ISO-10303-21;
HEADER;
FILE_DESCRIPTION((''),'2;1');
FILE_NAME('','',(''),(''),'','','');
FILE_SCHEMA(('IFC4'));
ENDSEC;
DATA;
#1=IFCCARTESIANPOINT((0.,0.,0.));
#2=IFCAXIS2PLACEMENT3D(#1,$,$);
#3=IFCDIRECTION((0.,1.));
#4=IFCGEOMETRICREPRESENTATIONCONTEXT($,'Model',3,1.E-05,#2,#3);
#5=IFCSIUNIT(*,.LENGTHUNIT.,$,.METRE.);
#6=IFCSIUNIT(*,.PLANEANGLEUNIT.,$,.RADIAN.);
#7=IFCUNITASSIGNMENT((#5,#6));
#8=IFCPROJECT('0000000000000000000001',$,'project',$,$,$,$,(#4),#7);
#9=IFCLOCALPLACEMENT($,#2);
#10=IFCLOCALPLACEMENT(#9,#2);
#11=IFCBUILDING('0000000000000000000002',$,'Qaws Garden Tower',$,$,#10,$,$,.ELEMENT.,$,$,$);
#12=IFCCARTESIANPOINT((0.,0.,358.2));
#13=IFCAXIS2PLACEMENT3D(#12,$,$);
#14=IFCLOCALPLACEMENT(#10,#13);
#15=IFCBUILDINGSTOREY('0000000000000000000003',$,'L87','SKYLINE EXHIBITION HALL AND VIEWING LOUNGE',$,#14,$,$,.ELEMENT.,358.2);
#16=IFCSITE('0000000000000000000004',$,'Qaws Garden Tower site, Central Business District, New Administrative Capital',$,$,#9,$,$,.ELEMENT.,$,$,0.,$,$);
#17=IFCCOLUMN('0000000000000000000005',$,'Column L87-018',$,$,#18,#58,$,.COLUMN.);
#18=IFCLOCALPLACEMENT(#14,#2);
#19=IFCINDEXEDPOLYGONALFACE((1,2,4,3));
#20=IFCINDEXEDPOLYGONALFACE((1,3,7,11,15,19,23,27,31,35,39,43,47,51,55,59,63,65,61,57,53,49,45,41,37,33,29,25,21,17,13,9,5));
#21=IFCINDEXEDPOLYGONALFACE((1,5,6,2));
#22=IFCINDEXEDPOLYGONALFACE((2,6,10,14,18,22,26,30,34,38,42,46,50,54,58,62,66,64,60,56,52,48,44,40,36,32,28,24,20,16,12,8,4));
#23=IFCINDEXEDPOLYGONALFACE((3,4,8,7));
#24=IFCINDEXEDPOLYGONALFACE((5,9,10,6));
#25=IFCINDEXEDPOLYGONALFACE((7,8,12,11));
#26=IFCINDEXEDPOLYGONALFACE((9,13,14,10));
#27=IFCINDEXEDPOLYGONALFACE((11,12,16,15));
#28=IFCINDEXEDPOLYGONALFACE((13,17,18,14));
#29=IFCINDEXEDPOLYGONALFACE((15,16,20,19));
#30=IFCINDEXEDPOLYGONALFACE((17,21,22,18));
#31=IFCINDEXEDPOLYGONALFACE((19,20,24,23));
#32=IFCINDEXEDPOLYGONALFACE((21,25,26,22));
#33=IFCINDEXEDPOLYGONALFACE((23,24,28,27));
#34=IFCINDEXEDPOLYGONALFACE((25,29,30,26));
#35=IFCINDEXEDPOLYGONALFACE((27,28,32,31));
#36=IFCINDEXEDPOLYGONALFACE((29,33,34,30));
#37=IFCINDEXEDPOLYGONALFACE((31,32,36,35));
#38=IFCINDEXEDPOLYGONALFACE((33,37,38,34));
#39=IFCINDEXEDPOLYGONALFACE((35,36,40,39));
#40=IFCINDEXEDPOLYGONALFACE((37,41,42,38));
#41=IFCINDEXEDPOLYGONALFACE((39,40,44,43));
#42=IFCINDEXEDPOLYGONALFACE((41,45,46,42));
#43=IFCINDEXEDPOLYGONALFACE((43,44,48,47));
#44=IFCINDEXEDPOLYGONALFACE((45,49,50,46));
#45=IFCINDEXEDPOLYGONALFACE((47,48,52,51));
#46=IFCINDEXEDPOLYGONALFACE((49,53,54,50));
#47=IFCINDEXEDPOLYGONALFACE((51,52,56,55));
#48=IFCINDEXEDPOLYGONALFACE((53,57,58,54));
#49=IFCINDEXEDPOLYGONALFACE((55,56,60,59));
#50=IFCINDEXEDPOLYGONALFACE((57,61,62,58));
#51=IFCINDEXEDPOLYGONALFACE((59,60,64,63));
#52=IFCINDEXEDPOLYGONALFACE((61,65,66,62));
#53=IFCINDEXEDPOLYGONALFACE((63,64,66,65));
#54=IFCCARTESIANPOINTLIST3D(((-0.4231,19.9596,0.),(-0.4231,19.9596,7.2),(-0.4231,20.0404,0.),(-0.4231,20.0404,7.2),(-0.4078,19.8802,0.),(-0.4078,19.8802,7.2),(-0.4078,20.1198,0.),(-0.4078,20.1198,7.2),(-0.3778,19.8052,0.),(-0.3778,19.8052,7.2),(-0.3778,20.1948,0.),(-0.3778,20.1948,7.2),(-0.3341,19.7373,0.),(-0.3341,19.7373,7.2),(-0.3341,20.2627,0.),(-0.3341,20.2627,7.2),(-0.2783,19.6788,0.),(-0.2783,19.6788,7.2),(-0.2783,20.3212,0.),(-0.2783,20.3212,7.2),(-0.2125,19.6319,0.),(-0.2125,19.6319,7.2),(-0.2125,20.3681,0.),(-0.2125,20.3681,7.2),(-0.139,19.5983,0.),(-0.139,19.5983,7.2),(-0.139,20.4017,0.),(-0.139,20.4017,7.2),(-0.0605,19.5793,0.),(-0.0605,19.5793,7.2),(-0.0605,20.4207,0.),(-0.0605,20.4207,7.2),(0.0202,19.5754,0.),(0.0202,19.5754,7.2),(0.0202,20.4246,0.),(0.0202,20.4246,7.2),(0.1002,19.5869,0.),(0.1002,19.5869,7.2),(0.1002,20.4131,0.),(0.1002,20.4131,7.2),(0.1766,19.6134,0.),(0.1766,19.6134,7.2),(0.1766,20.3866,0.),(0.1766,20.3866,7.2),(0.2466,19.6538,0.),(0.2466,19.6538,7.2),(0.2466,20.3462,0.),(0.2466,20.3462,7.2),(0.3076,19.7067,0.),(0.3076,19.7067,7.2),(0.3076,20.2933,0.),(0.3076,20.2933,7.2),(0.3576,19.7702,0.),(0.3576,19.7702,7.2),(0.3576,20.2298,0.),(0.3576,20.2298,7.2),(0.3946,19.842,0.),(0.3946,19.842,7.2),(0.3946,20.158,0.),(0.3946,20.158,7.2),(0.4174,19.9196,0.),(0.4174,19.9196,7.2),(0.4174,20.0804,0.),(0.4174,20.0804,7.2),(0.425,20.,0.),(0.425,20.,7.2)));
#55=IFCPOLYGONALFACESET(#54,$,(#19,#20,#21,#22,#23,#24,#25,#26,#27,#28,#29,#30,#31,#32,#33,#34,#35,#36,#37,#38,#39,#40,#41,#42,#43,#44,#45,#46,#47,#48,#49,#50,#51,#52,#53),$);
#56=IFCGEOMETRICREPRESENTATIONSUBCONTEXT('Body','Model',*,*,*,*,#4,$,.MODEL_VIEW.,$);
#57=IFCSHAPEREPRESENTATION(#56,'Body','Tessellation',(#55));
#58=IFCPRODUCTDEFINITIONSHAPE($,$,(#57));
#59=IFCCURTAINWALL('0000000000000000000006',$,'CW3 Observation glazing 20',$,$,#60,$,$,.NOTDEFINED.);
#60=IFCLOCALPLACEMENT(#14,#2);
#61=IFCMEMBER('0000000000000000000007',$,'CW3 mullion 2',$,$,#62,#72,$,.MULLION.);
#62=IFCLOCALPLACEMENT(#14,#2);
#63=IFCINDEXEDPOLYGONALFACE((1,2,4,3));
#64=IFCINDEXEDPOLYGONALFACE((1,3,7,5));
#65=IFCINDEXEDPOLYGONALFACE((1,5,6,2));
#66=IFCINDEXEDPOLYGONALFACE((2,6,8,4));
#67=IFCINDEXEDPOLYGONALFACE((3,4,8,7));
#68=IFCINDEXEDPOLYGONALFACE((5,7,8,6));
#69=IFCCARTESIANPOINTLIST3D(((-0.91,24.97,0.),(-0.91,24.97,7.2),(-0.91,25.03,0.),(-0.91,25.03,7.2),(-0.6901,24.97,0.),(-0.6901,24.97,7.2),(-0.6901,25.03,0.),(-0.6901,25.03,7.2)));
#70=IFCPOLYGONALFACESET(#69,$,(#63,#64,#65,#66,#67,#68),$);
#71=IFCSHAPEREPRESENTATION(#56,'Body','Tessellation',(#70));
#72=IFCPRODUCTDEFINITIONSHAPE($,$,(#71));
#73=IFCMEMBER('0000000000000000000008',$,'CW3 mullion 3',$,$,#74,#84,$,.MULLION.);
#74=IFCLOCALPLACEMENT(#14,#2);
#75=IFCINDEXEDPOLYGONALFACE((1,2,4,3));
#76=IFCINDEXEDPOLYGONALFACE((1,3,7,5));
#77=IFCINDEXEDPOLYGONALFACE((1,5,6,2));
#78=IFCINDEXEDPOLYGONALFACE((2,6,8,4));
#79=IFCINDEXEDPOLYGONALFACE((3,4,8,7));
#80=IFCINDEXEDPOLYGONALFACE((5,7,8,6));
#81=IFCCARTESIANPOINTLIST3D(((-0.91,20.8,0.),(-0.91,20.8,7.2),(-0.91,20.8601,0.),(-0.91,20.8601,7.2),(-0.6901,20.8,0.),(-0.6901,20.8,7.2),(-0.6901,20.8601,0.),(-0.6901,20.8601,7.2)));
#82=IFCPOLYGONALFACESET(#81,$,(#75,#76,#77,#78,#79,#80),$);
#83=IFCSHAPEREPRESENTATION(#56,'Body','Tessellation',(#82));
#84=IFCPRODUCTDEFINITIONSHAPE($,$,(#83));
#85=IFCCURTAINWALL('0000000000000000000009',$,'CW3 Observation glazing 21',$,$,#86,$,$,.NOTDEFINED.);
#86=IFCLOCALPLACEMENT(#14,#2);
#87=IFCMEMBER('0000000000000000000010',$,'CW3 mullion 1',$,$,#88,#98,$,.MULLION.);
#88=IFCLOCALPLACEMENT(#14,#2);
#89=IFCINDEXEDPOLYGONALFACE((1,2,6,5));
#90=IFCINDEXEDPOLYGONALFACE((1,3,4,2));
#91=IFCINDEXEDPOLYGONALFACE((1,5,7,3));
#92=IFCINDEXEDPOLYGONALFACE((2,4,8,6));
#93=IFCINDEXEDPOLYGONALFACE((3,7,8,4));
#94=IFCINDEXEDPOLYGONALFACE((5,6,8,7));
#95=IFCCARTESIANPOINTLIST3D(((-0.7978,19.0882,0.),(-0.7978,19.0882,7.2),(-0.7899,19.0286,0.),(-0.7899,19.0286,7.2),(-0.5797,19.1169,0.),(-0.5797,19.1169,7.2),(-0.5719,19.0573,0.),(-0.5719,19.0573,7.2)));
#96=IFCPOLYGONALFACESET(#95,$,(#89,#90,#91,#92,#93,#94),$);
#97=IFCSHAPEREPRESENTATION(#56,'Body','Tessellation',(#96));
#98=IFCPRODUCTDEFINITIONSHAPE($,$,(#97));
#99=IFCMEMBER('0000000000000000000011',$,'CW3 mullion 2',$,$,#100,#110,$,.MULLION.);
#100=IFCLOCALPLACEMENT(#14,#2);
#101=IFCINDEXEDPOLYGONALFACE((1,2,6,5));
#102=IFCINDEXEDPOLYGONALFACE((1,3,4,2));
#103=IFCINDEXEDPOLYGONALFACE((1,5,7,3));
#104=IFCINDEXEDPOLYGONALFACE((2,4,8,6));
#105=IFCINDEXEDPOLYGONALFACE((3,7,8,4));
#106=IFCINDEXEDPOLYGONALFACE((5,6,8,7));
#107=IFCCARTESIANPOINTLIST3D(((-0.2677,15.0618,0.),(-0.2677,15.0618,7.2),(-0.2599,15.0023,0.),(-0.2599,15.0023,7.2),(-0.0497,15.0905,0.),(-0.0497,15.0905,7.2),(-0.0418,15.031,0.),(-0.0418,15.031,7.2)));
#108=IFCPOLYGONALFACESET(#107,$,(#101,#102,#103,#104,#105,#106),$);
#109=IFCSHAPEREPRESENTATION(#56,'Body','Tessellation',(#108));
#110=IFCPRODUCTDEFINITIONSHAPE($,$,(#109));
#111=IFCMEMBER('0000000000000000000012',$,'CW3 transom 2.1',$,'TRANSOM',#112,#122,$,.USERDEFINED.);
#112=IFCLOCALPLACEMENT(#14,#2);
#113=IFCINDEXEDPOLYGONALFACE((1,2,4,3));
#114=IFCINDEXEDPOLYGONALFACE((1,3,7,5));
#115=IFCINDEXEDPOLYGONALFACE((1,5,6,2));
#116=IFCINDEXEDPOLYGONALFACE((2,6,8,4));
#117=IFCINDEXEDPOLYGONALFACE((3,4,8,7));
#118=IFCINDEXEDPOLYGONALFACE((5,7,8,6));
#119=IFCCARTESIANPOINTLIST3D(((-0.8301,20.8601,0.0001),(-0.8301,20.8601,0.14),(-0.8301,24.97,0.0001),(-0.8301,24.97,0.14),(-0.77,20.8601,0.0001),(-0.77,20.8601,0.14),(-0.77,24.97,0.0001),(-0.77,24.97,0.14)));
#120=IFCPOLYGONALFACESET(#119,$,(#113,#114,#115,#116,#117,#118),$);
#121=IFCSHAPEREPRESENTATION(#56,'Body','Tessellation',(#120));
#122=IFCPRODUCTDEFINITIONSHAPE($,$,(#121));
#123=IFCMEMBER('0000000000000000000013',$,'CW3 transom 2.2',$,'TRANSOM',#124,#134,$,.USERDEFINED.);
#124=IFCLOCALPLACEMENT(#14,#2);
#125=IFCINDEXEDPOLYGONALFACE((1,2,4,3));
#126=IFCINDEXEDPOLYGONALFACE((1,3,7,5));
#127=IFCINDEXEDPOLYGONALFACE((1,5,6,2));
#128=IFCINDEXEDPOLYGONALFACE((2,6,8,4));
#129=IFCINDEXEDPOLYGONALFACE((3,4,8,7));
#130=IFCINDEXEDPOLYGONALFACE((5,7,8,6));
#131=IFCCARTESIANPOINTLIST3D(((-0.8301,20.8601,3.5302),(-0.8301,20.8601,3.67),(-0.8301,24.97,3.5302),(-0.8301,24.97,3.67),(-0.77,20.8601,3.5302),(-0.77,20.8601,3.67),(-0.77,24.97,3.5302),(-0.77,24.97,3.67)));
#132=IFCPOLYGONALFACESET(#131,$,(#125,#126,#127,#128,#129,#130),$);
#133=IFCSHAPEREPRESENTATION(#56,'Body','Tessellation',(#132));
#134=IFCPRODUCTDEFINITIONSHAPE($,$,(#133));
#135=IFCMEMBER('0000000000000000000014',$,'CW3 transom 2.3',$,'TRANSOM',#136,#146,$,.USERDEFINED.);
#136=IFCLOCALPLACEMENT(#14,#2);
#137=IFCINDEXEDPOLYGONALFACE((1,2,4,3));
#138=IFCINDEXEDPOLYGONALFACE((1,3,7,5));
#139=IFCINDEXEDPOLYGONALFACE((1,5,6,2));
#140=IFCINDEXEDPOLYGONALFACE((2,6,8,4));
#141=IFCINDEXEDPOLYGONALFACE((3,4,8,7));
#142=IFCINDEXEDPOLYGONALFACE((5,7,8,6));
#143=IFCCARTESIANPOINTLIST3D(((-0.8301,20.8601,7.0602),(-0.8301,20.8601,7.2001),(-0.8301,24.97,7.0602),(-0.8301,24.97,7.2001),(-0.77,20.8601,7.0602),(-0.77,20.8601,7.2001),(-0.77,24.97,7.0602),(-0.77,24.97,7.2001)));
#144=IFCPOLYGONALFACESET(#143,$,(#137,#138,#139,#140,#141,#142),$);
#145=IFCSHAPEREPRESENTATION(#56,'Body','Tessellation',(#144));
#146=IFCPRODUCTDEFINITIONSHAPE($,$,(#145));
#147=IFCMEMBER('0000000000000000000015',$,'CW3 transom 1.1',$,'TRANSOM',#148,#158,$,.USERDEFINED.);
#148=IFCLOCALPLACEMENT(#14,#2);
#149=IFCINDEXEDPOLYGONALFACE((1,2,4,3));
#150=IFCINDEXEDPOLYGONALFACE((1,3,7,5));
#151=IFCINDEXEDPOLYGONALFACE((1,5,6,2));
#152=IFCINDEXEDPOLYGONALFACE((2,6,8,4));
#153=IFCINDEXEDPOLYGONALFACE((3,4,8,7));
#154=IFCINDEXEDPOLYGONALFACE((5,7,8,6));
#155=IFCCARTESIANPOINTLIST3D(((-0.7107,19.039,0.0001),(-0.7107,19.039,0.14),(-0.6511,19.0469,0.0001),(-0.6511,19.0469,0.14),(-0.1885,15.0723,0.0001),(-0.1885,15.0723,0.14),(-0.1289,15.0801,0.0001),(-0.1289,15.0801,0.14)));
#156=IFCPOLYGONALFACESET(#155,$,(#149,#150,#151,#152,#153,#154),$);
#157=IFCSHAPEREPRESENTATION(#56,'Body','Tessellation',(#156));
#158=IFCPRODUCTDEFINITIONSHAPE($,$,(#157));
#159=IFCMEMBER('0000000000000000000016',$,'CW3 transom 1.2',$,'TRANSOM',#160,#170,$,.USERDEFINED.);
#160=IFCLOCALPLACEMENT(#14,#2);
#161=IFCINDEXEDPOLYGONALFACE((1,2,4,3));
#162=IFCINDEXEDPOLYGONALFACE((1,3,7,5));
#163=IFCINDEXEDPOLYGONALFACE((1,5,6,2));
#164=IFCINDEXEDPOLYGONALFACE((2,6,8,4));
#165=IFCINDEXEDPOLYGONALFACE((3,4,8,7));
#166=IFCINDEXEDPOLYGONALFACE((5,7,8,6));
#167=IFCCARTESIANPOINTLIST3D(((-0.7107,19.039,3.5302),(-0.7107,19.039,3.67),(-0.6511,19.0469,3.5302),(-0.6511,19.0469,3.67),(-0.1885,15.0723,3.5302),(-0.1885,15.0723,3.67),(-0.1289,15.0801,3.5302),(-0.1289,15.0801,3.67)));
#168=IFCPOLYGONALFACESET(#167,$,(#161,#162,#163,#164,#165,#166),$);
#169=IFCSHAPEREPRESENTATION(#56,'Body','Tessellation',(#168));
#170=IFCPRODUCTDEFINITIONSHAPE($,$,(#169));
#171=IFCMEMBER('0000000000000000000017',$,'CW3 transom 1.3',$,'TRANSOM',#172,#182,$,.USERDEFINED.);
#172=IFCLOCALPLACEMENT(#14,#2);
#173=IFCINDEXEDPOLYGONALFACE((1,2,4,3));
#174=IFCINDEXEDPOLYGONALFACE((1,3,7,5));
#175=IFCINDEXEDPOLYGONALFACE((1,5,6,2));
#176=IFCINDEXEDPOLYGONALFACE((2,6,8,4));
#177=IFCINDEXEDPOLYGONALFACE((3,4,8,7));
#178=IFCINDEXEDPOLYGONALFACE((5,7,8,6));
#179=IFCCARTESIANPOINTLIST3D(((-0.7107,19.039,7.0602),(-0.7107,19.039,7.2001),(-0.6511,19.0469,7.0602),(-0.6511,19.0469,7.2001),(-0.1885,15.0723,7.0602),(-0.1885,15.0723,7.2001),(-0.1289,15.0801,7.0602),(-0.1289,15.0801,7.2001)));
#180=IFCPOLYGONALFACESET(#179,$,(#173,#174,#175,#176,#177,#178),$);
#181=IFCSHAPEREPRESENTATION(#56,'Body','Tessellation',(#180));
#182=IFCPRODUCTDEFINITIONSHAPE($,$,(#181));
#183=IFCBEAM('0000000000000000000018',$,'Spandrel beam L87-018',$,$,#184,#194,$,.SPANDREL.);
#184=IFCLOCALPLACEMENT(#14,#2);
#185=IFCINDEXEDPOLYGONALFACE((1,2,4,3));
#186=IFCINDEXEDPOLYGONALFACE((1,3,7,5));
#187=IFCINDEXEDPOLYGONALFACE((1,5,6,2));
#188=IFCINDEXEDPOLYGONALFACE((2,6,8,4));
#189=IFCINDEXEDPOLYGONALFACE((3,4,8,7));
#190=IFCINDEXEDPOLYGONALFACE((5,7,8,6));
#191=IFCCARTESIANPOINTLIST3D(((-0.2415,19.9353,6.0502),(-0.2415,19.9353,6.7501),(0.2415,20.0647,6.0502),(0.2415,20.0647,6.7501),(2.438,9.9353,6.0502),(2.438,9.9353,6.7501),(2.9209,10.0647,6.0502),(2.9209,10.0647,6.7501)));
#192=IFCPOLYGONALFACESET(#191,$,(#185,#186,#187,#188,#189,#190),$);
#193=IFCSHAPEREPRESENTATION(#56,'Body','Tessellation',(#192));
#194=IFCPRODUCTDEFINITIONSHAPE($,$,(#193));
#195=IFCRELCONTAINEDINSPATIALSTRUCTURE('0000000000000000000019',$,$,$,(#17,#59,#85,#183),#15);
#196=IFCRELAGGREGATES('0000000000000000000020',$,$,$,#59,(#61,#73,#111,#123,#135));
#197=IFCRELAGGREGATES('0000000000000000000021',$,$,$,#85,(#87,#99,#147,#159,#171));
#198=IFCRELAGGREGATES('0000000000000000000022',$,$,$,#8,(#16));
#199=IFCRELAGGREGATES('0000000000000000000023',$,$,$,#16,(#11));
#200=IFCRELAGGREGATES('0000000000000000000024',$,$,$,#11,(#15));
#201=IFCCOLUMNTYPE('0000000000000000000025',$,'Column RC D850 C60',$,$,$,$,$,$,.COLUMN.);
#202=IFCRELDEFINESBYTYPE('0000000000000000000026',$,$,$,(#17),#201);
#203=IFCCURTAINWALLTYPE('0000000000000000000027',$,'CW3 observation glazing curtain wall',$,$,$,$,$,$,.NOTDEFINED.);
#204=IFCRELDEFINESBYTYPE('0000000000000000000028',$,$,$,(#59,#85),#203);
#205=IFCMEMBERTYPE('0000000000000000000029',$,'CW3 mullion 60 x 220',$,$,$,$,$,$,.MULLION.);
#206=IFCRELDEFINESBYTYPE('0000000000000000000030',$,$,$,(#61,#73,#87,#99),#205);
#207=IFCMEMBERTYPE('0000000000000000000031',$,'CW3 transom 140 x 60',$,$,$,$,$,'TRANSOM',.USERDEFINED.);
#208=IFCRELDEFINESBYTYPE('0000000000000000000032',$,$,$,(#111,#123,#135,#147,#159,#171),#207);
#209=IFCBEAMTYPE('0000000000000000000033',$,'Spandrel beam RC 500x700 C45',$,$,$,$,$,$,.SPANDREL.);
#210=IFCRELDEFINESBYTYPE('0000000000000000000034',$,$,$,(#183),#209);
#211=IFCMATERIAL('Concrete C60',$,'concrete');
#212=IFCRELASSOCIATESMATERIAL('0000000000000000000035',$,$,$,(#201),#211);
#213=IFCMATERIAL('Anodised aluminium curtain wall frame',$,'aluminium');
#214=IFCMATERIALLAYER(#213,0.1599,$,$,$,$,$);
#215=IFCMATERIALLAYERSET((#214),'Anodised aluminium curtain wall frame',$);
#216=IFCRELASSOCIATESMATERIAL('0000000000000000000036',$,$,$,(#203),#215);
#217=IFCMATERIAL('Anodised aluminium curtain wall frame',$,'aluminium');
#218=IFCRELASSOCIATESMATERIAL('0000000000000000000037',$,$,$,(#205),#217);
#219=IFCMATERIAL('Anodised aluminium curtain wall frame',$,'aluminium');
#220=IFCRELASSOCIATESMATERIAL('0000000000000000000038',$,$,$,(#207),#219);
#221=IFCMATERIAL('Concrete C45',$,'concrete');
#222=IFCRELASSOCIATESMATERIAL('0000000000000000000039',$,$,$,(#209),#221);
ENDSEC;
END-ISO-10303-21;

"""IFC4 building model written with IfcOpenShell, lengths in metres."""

from ifc_helpers import new_model, si_unit, direction, frame, origin, origin_2d, place, context, subcontext, project, spatial, rectangle, circle, extrude, material, layer, layer_set, material_profile, profile_set, type_object, element, aggregate, save


model = new_model("IFC4")

# Units and contexts
model_context = context("Model", 3, precision=1e-05, world=origin(), true_north=direction((0.0, 1.0)))
body_context = subcontext(model_context, "Body", "Model", "MODEL_VIEW")
ifc_project = project(units=[si_unit("LENGTHUNIT", "METRE"), si_unit("PLANEANGLEUNIT", "RADIAN")], contexts=[model_context])

# Site, building, storey
site_placement = place(None, origin())
site = spatial("IfcSite", under=ifc_project, at=site_placement, Name="Qaws Garden Tower site, Central Business District, New Administrative Capital", CompositionType="ELEMENT", RefElevation=0.0)
building_placement = place(site_placement, origin())
building = spatial("IfcBuilding", under=site, at=building_placement, Name="Qaws Garden Tower", CompositionType="ELEMENT")
storey_placement = place(building_placement, frame((0.0, 0.0, 358.2)))
storey = spatial("IfcBuildingStorey", under=building, at=storey_placement, Name="L87", Description="SKYLINE EXHIBITION HALL AND VIEWING LOUNGE", CompositionType="ELEMENT", Elevation=358.2)

# Column
ifc_material_1 = material(Name="Concrete C60", Category="concrete")
ifc_material_profile_1 = material_profile(ifc_material_1, circle(Radius=0.425, at=origin_2d()), Name="RC D850")
ifc_profile_set_1 = profile_set([ifc_material_profile_1], Name="Concrete C60")
column_type = type_object("IfcColumnType", Name="Column RC D850 C60", PredefinedType="COLUMN", material=ifc_profile_set_1)
column_placement = place(storey_placement, frame((0.0, 20.0, 0.0), z_axis=(0.0, 0.0, 1.0), x_axis=(1.0, 0.0, 0.0)))
element("IfcColumn", 1, at=column_placement, inside=storey, type_object=column_type, Name="Column L87-018", PredefinedType="COLUMN", context=body_context, shape_type="SweptSolid", body=[
    extrude(circle(Radius=0.425, at=origin_2d()), origin(), (0.0, 0.0, 1.0), 7.2),
])

# Curtain walls, members
ifc_material_2 = material(Name="Anodised aluminium curtain wall frame", Category="aluminium")
ifc_layer_1 = layer(ifc_material_2, 0.1599)
ifc_layer_set_1 = layer_set([ifc_layer_1], Name="Anodised aluminium curtain wall frame")
curtain_wall_type = type_object("IfcCurtainWallType", Name="CW3 observation glazing curtain wall", PredefinedType="NOTDEFINED", material=ifc_layer_set_1)
placement = place(storey_placement, origin())
curtain_wall_1 = element("IfcCurtainWall", 2, at=placement, inside=storey, type_object=curtain_wall_type, Name="CW3 Observation glazing 20", PredefinedType="NOTDEFINED")
ifc_material_3 = material(Name="Anodised aluminium curtain wall frame", Category="aluminium")
ifc_material_profile_2 = material_profile(ifc_material_3, rectangle(XDim=0.22, YDim=0.0601, at=origin_2d()), Name="AL 60x220")
ifc_profile_set_2 = profile_set([ifc_material_profile_2], Name="Anodised aluminium curtain wall frame")
member_type_1 = type_object("IfcMemberType", Name="CW3 mullion 60 x 220", PredefinedType="MULLION", material=ifc_profile_set_2)
member_1_placement = place(storey_placement, frame((-0.8, 25.0, 0.0), z_axis=(0.0, 0.0, 1.0), x_axis=(1.0, 0.0, 0.0)))
member_1 = element("IfcMember", 3, at=member_1_placement, type_object=member_type_1, Name="CW3 mullion 2", PredefinedType="MULLION", context=body_context, shape_type="SweptSolid", body=[
    extrude(rectangle(XDim=0.22, YDim=0.0601, at=origin_2d()), origin(), (0.0, 0.0, 1.0), 7.2),
])
member_2_placement = place(storey_placement, frame((-0.8, 20.8301, 0.0), z_axis=(0.0, 0.0, 1.0), x_axis=(1.0, 0.0, 0.0)))
member_2 = element("IfcMember", 4, at=member_2_placement, type_object=member_type_1, Name="CW3 mullion 3", PredefinedType="MULLION", context=body_context, shape_type="SweptSolid", body=[
    extrude(rectangle(XDim=0.22, YDim=0.0601, at=origin_2d()), origin(), (0.0, 0.0, 1.0), 7.2),
])
curtain_wall_2 = element("IfcCurtainWall", 5, at=placement, inside=storey, type_object=curtain_wall_type, Name="CW3 Observation glazing 21", PredefinedType="NOTDEFINED")
member_3_placement = place(storey_placement, frame((-0.6848, 19.0728, 0.0), z_axis=(0.0, 0.0, 1.0), x_axis=(0.991445, 0.130526, 0.0)))
member_3 = element("IfcMember", 6, at=member_3_placement, type_object=member_type_1, Name="CW3 mullion 1", PredefinedType="MULLION", context=body_context, shape_type="SweptSolid", body=[
    extrude(rectangle(XDim=0.22, YDim=0.0601, at=origin_2d()), origin(), (0.0, 0.0, 1.0), 7.2),
])
member_4_placement = place(storey_placement, frame((-0.1548, 15.0464, 0.0), z_axis=(0.0, 0.0, 1.0), x_axis=(0.991445, 0.130526, 0.0)))
member_4 = element("IfcMember", 7, at=member_4_placement, type_object=member_type_1, Name="CW3 mullion 2", PredefinedType="MULLION", context=body_context, shape_type="SweptSolid", body=[
    extrude(rectangle(XDim=0.22, YDim=0.0601, at=origin_2d()), origin(), (0.0, 0.0, 1.0), 7.2),
])

# Members
ifc_material_4 = material(Name="Anodised aluminium curtain wall frame", Category="aluminium")
ifc_material_profile_3 = material_profile(ifc_material_4, rectangle(XDim=0.0601, YDim=0.1399, at=origin_2d()), Name="AL 60x140")
ifc_profile_set_3 = profile_set([ifc_material_profile_3], Name="Anodised aluminium curtain wall frame")
member_type_2 = type_object("IfcMemberType", Name="CW3 transom 140 x 60", ElementType="TRANSOM", PredefinedType="USERDEFINED", material=ifc_profile_set_3)
member_5_placement = place(storey_placement, frame((-0.8, 24.97, 0.0701), z_axis=(0.0, -1.0, 0.0), x_axis=(1.0, 0.0, 0.0)))
member_5 = element("IfcMember", 8, at=member_5_placement, type_object=member_type_2, Name="CW3 transom 2.1", ObjectType="TRANSOM", PredefinedType="USERDEFINED", context=body_context, shape_type="SweptSolid", body=[
    extrude(rectangle(XDim=0.0601, YDim=0.1399, at=origin_2d()), origin(), (0.0, 0.0, 1.0), 4.1099),
])
member_6_placement = place(storey_placement, frame((-0.8, 24.97, 3.6001), z_axis=(0.0, -1.0, 0.0), x_axis=(1.0, 0.0, 0.0)))
member_6 = element("IfcMember", 9, at=member_6_placement, type_object=member_type_2, Name="CW3 transom 2.2", ObjectType="TRANSOM", PredefinedType="USERDEFINED", context=body_context, shape_type="SweptSolid", body=[
    extrude(rectangle(XDim=0.0601, YDim=0.1399, at=origin_2d()), origin(), (0.0, 0.0, 1.0), 4.1099),
])
member_7_placement = place(storey_placement, frame((-0.8, 24.97, 7.1301), z_axis=(0.0, -1.0, 0.0), x_axis=(1.0, 0.0, 0.0)))
member_7 = element("IfcMember", 10, at=member_7_placement, type_object=member_type_2, Name="CW3 transom 2.3", ObjectType="TRANSOM", PredefinedType="USERDEFINED", context=body_context, shape_type="SweptSolid", body=[
    extrude(rectangle(XDim=0.0601, YDim=0.1399, at=origin_2d()), origin(), (0.0, 0.0, 1.0), 4.1099),
])
member_8_placement = place(storey_placement, frame((-0.6809, 19.043, 0.0701), z_axis=(0.130521, -0.991446, 0.0), x_axis=(0.991446, 0.130521, 0.0)))
member_8 = element("IfcMember", 11, at=member_8_placement, type_object=member_type_2, Name="CW3 transom 1.1", ObjectType="TRANSOM", PredefinedType="USERDEFINED", context=body_context, shape_type="SweptSolid", body=[
    extrude(rectangle(XDim=0.0601, YDim=0.1399, at=origin_2d()), origin(), (0.0, 0.0, 1.0), 4.001),
])
member_9_placement = place(storey_placement, frame((-0.6809, 19.043, 3.6001), z_axis=(0.130521, -0.991446, 0.0), x_axis=(0.991446, 0.130521, 0.0)))
member_9 = element("IfcMember", 12, at=member_9_placement, type_object=member_type_2, Name="CW3 transom 1.2", ObjectType="TRANSOM", PredefinedType="USERDEFINED", context=body_context, shape_type="SweptSolid", body=[
    extrude(rectangle(XDim=0.0601, YDim=0.1399, at=origin_2d()), origin(), (0.0, 0.0, 1.0), 4.001),
])
member_10_placement = place(storey_placement, frame((-0.6809, 19.043, 7.1301), z_axis=(0.130521, -0.991446, 0.0), x_axis=(0.991446, 0.130521, 0.0)))
member_10 = element("IfcMember", 13, at=member_10_placement, type_object=member_type_2, Name="CW3 transom 1.3", ObjectType="TRANSOM", PredefinedType="USERDEFINED", context=body_context, shape_type="SweptSolid", body=[
    extrude(rectangle(XDim=0.0601, YDim=0.1399, at=origin_2d()), origin(), (0.0, 0.0, 1.0), 4.001),
])

# Beam
ifc_material_5 = material(Name="Concrete C45", Category="concrete")
ifc_material_profile_4 = material_profile(ifc_material_5, rectangle(XDim=0.5, YDim=0.7, at=origin_2d()), Name="RC 500x700")
ifc_profile_set_4 = profile_set([ifc_material_profile_4], Name="Concrete C45")
beam_type = type_object("IfcBeamType", Name="Spandrel beam RC 500x700 C45", PredefinedType="SPANDREL", material=ifc_profile_set_4)
beam_placement = place(storey_placement, frame((0.0, 20.0, 6.4001), z_axis=(0.258815, -0.965927, 0.0), x_axis=(0.965927, 0.258815, 0.0)))
element("IfcBeam", 14, at=beam_placement, inside=storey, type_object=beam_type, Name="Spandrel beam L87-018", PredefinedType="SPANDREL", context=body_context, shape_type="SweptSolid", body=[
    extrude(rectangle(XDim=0.5, YDim=0.7, at=origin_2d()), origin(), (0.0, 0.0, 1.0), 10.3528),
])

aggregate(curtain_wall_1, [member_1, member_2, member_5, member_6, member_7])
aggregate(curtain_wall_2, [member_3, member_4, member_8, member_9, member_10])

save(model, "model.ifc")
